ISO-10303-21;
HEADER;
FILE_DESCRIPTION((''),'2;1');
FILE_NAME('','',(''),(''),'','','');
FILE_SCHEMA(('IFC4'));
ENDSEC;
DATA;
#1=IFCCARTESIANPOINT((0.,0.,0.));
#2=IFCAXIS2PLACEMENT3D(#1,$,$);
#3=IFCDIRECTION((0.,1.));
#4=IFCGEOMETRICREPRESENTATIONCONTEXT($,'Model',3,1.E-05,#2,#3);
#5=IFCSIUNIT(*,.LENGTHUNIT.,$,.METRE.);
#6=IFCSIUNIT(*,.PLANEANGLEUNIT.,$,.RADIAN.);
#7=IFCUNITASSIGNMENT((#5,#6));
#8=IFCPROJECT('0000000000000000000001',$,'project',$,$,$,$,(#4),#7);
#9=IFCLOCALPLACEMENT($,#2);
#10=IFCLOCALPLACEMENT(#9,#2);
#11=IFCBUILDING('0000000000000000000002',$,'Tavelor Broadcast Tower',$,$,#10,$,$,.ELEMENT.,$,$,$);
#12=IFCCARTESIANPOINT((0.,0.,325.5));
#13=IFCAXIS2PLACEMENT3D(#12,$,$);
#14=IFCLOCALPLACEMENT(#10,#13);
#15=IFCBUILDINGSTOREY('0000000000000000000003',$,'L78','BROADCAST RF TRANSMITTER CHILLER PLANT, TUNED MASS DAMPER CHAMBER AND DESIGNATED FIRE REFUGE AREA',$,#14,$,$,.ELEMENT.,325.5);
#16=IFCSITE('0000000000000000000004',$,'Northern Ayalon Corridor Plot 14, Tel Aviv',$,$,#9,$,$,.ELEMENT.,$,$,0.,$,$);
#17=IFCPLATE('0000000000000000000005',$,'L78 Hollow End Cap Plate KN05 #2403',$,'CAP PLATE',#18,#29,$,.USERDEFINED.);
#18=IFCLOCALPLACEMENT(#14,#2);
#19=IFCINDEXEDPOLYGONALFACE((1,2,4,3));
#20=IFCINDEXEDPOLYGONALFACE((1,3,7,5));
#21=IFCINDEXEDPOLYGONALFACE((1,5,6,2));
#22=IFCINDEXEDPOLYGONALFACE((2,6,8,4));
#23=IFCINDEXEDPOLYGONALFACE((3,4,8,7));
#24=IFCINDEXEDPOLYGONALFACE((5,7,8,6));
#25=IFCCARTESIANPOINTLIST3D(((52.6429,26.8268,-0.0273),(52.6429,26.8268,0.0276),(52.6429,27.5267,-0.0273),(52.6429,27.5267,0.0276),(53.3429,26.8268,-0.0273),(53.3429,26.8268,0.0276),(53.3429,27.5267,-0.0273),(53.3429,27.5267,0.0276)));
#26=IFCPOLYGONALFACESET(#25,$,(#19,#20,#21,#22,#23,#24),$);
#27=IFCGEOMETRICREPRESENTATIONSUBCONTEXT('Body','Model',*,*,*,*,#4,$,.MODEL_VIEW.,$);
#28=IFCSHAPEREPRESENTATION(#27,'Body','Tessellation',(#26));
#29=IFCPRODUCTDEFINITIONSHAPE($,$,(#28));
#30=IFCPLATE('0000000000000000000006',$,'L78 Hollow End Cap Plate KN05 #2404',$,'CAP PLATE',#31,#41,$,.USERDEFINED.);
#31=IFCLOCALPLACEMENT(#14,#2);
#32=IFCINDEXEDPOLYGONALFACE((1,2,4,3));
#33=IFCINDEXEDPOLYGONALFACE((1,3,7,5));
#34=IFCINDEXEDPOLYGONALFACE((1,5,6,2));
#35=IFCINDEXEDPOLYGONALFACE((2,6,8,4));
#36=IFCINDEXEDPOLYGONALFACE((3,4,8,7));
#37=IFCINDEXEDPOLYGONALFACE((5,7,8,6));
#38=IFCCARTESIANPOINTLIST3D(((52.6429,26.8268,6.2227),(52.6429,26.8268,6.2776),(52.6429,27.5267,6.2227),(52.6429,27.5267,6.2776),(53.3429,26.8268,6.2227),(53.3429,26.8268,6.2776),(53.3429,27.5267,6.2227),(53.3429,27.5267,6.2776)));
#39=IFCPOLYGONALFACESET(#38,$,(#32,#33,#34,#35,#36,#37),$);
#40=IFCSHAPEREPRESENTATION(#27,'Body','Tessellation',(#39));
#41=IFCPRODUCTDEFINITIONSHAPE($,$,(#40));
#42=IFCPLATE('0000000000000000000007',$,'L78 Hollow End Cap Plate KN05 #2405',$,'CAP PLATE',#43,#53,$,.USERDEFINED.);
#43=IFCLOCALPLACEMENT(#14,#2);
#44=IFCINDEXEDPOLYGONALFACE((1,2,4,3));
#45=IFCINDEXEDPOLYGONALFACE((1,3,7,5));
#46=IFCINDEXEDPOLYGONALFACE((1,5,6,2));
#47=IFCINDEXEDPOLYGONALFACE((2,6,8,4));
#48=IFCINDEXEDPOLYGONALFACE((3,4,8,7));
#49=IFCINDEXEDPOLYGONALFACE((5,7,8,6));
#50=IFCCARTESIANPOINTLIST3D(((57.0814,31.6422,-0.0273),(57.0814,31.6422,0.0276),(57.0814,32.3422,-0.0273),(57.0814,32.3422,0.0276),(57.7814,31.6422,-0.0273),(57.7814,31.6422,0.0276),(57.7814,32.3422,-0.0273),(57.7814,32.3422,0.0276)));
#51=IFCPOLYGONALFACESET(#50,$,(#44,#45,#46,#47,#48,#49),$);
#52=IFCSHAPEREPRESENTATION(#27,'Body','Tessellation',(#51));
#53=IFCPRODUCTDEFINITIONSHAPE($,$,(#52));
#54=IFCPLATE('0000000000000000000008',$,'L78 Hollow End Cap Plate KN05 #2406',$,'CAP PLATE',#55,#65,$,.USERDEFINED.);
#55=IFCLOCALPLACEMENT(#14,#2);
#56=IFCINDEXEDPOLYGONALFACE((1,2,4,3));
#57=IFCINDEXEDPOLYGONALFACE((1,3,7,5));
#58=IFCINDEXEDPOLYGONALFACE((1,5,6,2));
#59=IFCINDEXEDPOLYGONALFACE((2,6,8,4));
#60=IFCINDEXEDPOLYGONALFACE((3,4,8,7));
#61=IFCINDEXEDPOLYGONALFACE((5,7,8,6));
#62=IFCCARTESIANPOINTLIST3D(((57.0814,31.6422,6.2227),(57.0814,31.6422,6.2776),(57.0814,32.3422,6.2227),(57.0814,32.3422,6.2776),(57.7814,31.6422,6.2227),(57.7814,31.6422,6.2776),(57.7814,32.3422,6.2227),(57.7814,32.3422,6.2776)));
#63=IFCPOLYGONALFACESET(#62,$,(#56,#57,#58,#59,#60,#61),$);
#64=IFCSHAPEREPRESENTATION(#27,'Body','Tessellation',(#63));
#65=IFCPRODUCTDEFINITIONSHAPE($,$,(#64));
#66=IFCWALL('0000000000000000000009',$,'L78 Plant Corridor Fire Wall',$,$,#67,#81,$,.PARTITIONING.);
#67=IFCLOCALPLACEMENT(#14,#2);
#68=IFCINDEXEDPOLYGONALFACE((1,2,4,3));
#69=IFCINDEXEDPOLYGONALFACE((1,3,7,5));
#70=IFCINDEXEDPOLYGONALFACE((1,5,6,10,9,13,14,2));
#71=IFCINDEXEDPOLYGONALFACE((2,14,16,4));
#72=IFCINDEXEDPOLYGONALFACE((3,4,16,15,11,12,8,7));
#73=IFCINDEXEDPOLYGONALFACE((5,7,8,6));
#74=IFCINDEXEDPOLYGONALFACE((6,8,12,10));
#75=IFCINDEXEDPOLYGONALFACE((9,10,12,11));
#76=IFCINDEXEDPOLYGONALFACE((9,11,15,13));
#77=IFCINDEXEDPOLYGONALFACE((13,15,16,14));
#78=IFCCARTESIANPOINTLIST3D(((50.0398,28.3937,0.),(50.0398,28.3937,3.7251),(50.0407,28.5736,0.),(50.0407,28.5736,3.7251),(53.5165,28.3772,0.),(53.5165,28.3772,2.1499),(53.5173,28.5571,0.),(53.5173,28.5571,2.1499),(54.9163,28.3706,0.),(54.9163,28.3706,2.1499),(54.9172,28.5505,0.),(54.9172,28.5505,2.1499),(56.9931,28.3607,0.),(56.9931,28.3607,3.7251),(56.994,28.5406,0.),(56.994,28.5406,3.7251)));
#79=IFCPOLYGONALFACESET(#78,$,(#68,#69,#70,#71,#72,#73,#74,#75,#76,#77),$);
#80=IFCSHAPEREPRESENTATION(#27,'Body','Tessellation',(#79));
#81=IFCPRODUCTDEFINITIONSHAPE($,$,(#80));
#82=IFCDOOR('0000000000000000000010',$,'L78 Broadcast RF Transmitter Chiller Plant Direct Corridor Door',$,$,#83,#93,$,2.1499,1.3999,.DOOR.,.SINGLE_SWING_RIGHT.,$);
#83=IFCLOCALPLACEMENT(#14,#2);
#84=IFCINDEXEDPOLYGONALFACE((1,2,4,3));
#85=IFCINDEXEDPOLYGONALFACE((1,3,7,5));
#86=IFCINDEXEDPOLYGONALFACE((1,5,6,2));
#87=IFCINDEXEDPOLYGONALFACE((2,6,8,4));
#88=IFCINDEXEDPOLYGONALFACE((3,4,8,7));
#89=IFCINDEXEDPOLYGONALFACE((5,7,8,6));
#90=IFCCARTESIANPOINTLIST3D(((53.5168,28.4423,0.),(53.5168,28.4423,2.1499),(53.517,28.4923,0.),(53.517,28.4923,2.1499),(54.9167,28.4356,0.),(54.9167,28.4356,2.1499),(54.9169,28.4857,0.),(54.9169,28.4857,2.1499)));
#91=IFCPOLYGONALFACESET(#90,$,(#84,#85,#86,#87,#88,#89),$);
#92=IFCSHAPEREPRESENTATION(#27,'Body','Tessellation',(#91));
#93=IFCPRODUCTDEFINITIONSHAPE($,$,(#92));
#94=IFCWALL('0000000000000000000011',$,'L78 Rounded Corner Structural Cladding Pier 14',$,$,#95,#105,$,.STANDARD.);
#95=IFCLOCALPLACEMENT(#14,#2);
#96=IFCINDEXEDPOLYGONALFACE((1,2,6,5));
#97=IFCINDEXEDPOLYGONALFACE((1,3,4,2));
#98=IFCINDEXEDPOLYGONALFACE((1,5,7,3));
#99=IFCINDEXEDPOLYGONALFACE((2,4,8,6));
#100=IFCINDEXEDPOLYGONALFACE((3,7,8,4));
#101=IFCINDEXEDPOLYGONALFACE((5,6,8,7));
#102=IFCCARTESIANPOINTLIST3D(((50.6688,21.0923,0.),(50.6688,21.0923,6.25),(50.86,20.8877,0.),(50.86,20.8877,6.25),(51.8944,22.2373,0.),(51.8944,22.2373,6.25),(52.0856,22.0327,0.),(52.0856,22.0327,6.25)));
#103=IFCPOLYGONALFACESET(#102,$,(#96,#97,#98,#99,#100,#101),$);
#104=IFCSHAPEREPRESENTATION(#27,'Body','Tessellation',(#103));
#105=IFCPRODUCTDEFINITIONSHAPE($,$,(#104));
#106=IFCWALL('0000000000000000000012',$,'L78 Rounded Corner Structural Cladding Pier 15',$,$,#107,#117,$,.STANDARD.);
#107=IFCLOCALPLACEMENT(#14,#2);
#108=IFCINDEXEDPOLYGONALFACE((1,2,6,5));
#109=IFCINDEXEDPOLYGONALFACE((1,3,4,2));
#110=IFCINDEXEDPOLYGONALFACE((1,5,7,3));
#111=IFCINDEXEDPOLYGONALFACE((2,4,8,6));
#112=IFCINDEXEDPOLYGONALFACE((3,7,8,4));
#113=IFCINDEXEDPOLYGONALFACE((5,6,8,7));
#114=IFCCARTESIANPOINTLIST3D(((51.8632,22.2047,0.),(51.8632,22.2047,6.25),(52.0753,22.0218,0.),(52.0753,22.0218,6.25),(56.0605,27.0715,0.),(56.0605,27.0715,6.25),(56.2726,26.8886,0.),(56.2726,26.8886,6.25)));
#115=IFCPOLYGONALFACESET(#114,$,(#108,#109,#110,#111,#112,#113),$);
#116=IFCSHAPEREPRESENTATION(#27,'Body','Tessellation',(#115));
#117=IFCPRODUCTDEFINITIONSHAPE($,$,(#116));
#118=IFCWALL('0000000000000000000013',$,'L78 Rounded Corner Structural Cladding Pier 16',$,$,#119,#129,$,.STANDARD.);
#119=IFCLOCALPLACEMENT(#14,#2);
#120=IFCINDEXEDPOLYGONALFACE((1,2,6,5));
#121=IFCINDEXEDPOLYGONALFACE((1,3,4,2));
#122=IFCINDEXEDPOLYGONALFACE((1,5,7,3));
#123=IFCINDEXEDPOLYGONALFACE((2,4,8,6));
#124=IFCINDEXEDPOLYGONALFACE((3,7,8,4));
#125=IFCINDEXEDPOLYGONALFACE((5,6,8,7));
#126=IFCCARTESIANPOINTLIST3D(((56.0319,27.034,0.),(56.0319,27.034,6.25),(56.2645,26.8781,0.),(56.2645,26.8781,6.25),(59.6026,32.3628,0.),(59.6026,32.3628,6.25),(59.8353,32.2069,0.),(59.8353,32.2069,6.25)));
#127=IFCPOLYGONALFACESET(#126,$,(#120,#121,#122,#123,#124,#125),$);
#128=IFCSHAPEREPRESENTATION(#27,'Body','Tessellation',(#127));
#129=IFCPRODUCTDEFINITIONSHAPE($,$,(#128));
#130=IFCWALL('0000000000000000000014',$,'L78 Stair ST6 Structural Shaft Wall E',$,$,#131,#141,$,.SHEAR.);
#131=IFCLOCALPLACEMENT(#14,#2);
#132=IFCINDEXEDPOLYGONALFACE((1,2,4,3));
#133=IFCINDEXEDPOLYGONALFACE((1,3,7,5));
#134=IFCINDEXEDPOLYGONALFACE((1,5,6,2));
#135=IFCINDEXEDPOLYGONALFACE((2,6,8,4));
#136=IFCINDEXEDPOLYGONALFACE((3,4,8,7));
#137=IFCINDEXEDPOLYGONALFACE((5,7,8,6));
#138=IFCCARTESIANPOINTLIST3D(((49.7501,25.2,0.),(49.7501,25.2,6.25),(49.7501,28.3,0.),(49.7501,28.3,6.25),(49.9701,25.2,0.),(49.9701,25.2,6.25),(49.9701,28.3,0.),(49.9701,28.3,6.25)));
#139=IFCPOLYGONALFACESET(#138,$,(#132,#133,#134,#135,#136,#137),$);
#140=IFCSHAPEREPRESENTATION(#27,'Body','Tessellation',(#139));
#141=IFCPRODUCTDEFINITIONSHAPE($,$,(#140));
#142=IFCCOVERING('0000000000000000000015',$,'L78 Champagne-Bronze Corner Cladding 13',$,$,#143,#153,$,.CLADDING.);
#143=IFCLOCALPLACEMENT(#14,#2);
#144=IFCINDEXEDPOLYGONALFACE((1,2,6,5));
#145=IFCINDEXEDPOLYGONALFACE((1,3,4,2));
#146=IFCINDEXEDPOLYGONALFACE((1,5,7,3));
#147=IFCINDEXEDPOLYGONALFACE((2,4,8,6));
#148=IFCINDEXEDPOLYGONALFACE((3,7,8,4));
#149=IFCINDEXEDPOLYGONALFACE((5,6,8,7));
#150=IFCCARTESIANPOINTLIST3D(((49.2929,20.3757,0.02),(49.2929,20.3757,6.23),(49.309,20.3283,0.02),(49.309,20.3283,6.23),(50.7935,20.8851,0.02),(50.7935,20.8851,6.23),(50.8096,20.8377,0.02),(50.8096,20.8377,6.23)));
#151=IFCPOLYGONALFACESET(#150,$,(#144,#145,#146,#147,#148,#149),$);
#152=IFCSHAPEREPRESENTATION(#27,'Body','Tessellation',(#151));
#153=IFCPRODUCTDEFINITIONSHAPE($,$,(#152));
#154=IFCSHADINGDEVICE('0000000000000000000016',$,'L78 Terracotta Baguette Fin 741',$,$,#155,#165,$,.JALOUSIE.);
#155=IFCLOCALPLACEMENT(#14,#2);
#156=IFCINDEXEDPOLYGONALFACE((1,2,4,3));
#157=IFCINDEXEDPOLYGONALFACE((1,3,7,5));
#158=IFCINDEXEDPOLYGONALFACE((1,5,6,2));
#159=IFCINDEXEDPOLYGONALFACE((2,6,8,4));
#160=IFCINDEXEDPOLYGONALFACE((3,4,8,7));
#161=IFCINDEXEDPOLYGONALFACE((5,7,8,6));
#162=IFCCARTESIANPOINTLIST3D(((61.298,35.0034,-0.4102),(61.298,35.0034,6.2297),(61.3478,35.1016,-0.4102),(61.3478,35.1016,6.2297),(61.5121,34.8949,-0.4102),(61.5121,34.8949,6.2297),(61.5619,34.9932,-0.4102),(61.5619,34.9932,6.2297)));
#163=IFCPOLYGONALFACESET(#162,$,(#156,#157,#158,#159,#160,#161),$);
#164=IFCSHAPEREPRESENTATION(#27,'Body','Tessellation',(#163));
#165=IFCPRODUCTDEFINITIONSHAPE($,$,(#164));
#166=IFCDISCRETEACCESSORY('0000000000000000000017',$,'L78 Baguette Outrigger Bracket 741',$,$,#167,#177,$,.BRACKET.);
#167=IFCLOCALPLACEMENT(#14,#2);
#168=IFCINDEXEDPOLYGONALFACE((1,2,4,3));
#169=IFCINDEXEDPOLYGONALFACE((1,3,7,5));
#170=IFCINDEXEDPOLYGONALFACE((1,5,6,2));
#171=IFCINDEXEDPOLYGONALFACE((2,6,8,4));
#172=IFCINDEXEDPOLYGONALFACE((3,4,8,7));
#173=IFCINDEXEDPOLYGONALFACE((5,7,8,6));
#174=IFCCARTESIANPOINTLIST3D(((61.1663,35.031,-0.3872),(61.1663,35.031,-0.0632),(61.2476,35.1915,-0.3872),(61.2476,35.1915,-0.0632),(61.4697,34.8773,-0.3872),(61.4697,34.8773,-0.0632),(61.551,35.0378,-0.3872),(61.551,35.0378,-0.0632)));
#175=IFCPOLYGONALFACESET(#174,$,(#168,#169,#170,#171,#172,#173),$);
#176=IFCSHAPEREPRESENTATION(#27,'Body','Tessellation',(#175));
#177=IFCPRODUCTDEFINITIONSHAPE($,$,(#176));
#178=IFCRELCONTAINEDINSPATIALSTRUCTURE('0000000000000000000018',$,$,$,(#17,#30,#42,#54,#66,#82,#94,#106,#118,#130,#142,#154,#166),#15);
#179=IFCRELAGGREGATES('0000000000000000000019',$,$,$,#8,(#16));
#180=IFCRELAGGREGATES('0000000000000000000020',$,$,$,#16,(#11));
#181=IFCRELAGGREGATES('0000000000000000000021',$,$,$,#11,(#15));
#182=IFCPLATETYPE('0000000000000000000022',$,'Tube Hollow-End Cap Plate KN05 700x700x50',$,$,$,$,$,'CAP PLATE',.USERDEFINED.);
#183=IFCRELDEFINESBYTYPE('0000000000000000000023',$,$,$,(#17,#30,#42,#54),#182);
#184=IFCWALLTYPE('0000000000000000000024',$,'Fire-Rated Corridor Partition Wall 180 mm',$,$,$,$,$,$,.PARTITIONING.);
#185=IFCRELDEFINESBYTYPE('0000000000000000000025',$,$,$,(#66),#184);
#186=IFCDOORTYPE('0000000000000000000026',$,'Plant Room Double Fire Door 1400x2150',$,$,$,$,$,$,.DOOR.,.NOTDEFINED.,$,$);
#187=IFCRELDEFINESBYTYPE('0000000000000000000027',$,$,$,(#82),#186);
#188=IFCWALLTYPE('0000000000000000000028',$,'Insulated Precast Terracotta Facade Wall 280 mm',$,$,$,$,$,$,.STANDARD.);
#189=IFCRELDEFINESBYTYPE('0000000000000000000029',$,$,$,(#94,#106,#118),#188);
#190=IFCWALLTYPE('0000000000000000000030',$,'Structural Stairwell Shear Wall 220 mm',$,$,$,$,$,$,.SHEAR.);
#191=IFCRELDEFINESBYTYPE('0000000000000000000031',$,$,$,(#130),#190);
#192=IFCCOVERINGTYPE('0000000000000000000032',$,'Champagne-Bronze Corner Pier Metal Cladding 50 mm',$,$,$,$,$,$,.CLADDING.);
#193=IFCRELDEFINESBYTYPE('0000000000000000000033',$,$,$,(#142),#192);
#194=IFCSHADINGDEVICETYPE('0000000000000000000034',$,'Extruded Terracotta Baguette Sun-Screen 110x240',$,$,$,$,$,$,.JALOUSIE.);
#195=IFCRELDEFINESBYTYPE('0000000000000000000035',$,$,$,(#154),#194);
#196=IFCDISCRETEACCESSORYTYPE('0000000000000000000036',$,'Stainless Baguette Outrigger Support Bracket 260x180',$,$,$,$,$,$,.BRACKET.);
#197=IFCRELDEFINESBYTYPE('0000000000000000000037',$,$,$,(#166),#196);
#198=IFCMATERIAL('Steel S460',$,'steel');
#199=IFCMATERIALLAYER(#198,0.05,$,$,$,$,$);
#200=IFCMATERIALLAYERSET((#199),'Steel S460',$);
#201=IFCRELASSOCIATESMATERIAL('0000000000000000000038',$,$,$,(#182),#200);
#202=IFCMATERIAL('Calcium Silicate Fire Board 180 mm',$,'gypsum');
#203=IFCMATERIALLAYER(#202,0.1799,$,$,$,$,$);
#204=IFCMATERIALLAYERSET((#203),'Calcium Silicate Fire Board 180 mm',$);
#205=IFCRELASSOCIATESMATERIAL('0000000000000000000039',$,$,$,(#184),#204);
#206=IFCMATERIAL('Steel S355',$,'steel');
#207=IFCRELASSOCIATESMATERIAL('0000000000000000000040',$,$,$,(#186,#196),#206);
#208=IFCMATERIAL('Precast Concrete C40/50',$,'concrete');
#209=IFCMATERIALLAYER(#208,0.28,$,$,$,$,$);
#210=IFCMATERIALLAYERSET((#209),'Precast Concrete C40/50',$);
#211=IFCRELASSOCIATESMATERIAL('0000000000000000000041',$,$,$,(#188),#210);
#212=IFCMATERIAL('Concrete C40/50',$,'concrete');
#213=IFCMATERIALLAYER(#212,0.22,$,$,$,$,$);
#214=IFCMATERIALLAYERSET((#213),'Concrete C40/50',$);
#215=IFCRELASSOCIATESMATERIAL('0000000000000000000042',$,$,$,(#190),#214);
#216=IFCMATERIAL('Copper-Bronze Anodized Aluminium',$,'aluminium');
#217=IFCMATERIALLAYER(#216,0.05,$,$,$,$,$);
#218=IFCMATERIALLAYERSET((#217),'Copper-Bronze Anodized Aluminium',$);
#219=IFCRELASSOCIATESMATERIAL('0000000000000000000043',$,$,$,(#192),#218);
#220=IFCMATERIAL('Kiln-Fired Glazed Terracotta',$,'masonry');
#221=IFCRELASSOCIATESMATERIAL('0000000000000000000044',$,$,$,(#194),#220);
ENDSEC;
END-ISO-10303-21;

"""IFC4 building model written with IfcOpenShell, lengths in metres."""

from ifc_helpers import new_model, si_unit, direction, frame, frame_2d, origin, origin_2d, place, context, subcontext, project, spatial, rectangle, extrude, source, transform, mapped, material, layer, layer_set, type_object, type_shapes, element, fill, save


model = new_model("IFC4")

# Units and contexts
model_context = context("Model", 3, precision=1e-05, world=origin(), true_north=direction((0.0, 1.0)))
body_context = subcontext(model_context, "Body", "Model", "MODEL_VIEW")
ifc_project = project(units=[si_unit("LENGTHUNIT", "METRE"), si_unit("PLANEANGLEUNIT", "RADIAN")], contexts=[model_context])

# Site, building, storey
site_placement = place(None, origin())
site = spatial("IfcSite", under=ifc_project, at=site_placement, Name="Northern Ayalon Corridor Plot 14, Tel Aviv", CompositionType="ELEMENT", RefElevation=0.0)
building_placement = place(site_placement, origin())
building = spatial("IfcBuilding", under=site, at=building_placement, Name="Tavelor Broadcast Tower", CompositionType="ELEMENT")
storey_placement = place(building_placement, frame((0.0, 0.0, 325.5)))
storey = spatial("IfcBuildingStorey", under=building, at=storey_placement, Name="L78", Description="BROADCAST RF TRANSMITTER CHILLER PLANT, TUNED MASS DAMPER CHAMBER AND DESIGNATED FIRE REFUGE AREA", CompositionType="ELEMENT", Elevation=325.5)

# Shared definitions
ifc_material_1 = material(Name="Steel S460", Category="steel")

# Plates
ifc_layer_1 = layer(ifc_material_1, 0.05)
ifc_layer_set_1 = layer_set([ifc_layer_1], Name="Steel S460")
plate_type = type_object("IfcPlateType", Name="Tube Hollow-End Cap Plate KN05 700x700x50", ElementType="CAP PLATE", PredefinedType="USERDEFINED", material=ifc_layer_set_1)
shared_shape_1 = source(origin(), body_context, "Body", "SweptSolid", [
    extrude(rectangle(XDim=0.7, YDim=0.7, at=origin_2d()), origin(), (0.0, 0.0, 1.0), 0.0549),
])
type_shapes(plate_type, [shared_shape_1])
for number, where, z_axis, x_axis, name in (
    (1, (52.9929, 27.1768, -0.0273), (0.0, 0.0, 1.0), (1.0, 0.0, 0.0), "L78 Hollow End Cap Plate KN05 #2403"),
    (2, (52.9929, 27.1768, 6.2227), (0.0, 0.0, 1.0), (1.0, 0.0, 0.0), "L78 Hollow End Cap Plate KN05 #2404"),
    (3, (57.4314, 31.9922, -0.0273), (0.0, 0.0, 1.0), (1.0, 0.0, 0.0), "L78 Hollow End Cap Plate KN05 #2405"),
    (4, (57.4314, 31.9922, 6.2227), (0.0, 0.0, 1.0), (1.0, 0.0, 0.0), "L78 Hollow End Cap Plate KN05 #2406"),
):
    element("IfcPlate", number, at=place(storey_placement, frame(where, z_axis=z_axis, x_axis=x_axis)), inside=storey, type_object=plate_type, Name=name, ObjectType="CAP PLATE", PredefinedType="USERDEFINED", context=body_context, shape_type="MappedRepresentation", body=[
        mapped(shared_shape_1, transform((0.0, 0.0, 0.0), scale=1.0)),
    ])

# Wall, opening, door
ifc_material_2 = material(Name="Calcium Silicate Fire Board 180 mm", Category="gypsum")
ifc_layer_2 = layer(ifc_material_2, 0.1799)
ifc_layer_set_2 = layer_set([ifc_layer_2], Name="Calcium Silicate Fire Board 180 mm")
wall_type_1 = type_object("IfcWallType", Name="Fire-Rated Corridor Partition Wall 180 mm", PredefinedType="PARTITIONING", material=ifc_layer_set_2)
wall_1_placement = place(storey_placement, frame((56.9934, 28.4507, 0.0), z_axis=(0.0, 0.0, 1.0), x_axis=(-0.999989, 0.00474, 0.0)))
wall_1 = element("IfcWall", 5, at=wall_1_placement, inside=storey, type_object=wall_type_1, Name="L78 Plant Corridor Fire Wall", PredefinedType="PARTITIONING", context=body_context, shape_type="SweptSolid", body=[
    extrude(rectangle(XDim=6.9534, YDim=0.1799, at=frame_2d((3.4766, 0.0))), origin(), (0.0, 0.0, 1.0), 3.7251),
])
opening_placement = place(wall_1_placement, frame((2.0767, 0.0, 0.0)))
opening = element("IfcOpeningElement", 6, at=opening_placement, cuts=wall_1, PredefinedType="OPENING", context=body_context, shape_type="SweptSolid", body=[
    extrude(rectangle(XDim=1.3999, YDim=2.1499, at=frame_2d((0.7, 1.075))), frame((0.0, 0.1001, 0.0), z_axis=(0.0, -1.0, 0.0), x_axis=(1.0, 0.0, 0.0)), (0.0, 0.0, 1.0), 0.2),
])
ifc_material_3 = material(Name="Steel S355", Category="steel")
door_type = type_object("IfcDoorType", Name="Plant Room Double Fire Door 1400x2150", OperationType="NOTDEFINED", PredefinedType="DOOR", material=ifc_material_3)
door_placement = place(opening_placement, origin())
door = element("IfcDoor", 7, at=door_placement, inside=storey, type_object=door_type, Name="L78 Broadcast RF Transmitter Chiller Plant Direct Corridor Door", OperationType="SINGLE_SWING_RIGHT", OverallHeight=2.1499, OverallWidth=1.3999, PredefinedType="DOOR", context=body_context, shape_type="SweptSolid", body=[
    extrude(rectangle(XDim=1.3999, YDim=2.1499, at=frame_2d((0.7, 1.075))), frame((0.0, 0.0249, 0.0), z_axis=(0.0, -1.0, 0.0), x_axis=(1.0, 0.0, 0.0)), (0.0, 0.0, 1.0), 0.05),
])
fill(opening, door)

# Walls
ifc_material_4 = material(Name="Precast Concrete C40/50", Category="concrete")
ifc_layer_3 = layer(ifc_material_4, 0.28)
ifc_layer_set_3 = layer_set([ifc_layer_3], Name="Precast Concrete C40/50")
wall_type_2 = type_object("IfcWallType", Name="Insulated Precast Terracotta Facade Wall 280 mm", PredefinedType="STANDARD", material=ifc_layer_set_3)
wall_2_placement = place(storey_placement, frame((50.7644, 20.99, 0.0), z_axis=(0.0, 0.0, 1.0), x_axis=(0.730716, 0.682681, 0.0)))
element("IfcWall", 8, at=wall_2_placement, inside=storey, type_object=wall_type_2, Name="L78 Rounded Corner Structural Cladding Pier 14", PredefinedType="STANDARD", context=body_context, shape_type="SweptSolid", body=[
    extrude(rectangle(XDim=1.6772, YDim=0.28, at=frame_2d((0.8386, 0.0))), origin(), (0.0, 0.0, 1.0), 6.25),
])
wall_3_placement = place(storey_placement, frame((51.9692, 22.1133, 0.0), z_axis=(0.0, 0.0, 1.0), x_axis=(0.653103, 0.757269, 0.0)))
element("IfcWall", 9, at=wall_3_placement, inside=storey, type_object=wall_type_2, Name="L78 Rounded Corner Structural Cladding Pier 15", PredefinedType="STANDARD", context=body_context, shape_type="SweptSolid", body=[
    extrude(rectangle(XDim=6.4268, YDim=0.28, at=frame_2d((3.2134, 0.0))), origin(), (0.0, 0.0, 1.0), 6.25),
])
wall_4_placement = place(storey_placement, frame((56.1482, 26.9561, 0.0), z_axis=(0.0, 0.0, 1.0), x_axis=(0.556666, 0.830736, 0.0)))
element("IfcWall", 10, at=wall_4_placement, inside=storey, type_object=wall_type_2, Name="L78 Rounded Corner Structural Cladding Pier 16", PredefinedType="STANDARD", context=body_context, shape_type="SweptSolid", body=[
    extrude(rectangle(XDim=6.4146, YDim=0.28, at=frame_2d((3.2073, 0.0))), origin(), (0.0, 0.0, 1.0), 6.25),
])
ifc_material_5 = material(Name="Concrete C40/50", Category="concrete")
ifc_layer_4 = layer(ifc_material_5, 0.22)
ifc_layer_set_4 = layer_set([ifc_layer_4], Name="Concrete C40/50")
wall_type_3 = type_object("IfcWallType", Name="Structural Stairwell Shear Wall 220 mm", PredefinedType="SHEAR", material=ifc_layer_set_4)
wall_5_placement = place(storey_placement, frame((49.8601, 25.2, 0.0), z_axis=(0.0, 0.0, 1.0), x_axis=(0.0, 1.0, 0.0)))
element("IfcWall", 11, at=wall_5_placement, inside=storey, type_object=wall_type_3, Name="L78 Stair ST6 Structural Shaft Wall E", PredefinedType="SHEAR", context=body_context, shape_type="SweptSolid", body=[
    extrude(rectangle(XDim=3.1001, YDim=0.22, at=frame_2d((1.55, 0.0))), origin(), (0.0, 0.0, 1.0), 6.25),
])

# Covering
ifc_material_6 = material(Name="Copper-Bronze Anodized Aluminium", Category="aluminium")
ifc_layer_5 = layer(ifc_material_6, 0.05)
ifc_layer_set_5 = layer_set([ifc_layer_5], Name="Copper-Bronze Anodized Aluminium")
covering_type = type_object("IfcCoveringType", Name="Champagne-Bronze Corner Pier Metal Cladding 50 mm", PredefinedType="CLADDING", material=ifc_layer_set_5)
covering_placement = place(storey_placement, frame((50.0513, 20.6067, 0.02), z_axis=(0.0, 0.0, 1.0), x_axis=(0.94693, 0.321439, 0.0)))
element("IfcCovering", 12, at=covering_placement, inside=storey, type_object=covering_type, Name="L78 Champagne-Bronze Corner Cladding 13", PredefinedType="CLADDING", context=body_context, shape_type="SweptSolid", body=[
    extrude(rectangle(XDim=1.5847, YDim=0.05, at=origin_2d()), origin(), (0.0, 0.0, 1.0), 6.21),
])

# Shading device
ifc_material_7 = material(Name="Kiln-Fired Glazed Terracotta", Category="masonry")
shading_device_type = type_object("IfcShadingDeviceType", Name="Extruded Terracotta Baguette Sun-Screen 110x240", PredefinedType="JALOUSIE", material=ifc_material_7)
shared_shape_2 = source(origin(), body_context, "Body", "SweptSolid", [
    extrude(rectangle(XDim=0.1101, YDim=0.24, at=origin_2d()), origin(), (0.0, 0.0, 1.0), 6.6399),
])
type_shapes(shading_device_type, [shared_shape_2])
shading_device_placement = place(storey_placement, frame((61.4299, 34.9983, -0.4102), z_axis=(0.0, 0.0, 1.0), x_axis=(0.451968, 0.892034, 0.0)))
element("IfcShadingDevice", 13, at=shading_device_placement, inside=storey, type_object=shading_device_type, Name="L78 Terracotta Baguette Fin 741", PredefinedType="JALOUSIE", context=body_context, shape_type="MappedRepresentation", body=[
    mapped(shared_shape_2, transform((0.0, 0.0, 0.0), scale=1.0)),
])

# Discrete accessory
discrete_accessory_type = type_object("IfcDiscreteAccessoryType", Name="Stainless Baguette Outrigger Support Bracket 260x180", PredefinedType="BRACKET", material=ifc_material_3)
shared_shape_3 = source(origin(), body_context, "Body", "SweptSolid", [
    extrude(rectangle(XDim=0.1799, YDim=0.3401, at=origin_2d()), origin(), (0.0, 0.0, 1.0), 0.324),
])
type_shapes(discrete_accessory_type, [shared_shape_3])
discrete_accessory_placement = place(storey_placement, frame((61.3586, 35.0344, -0.3872), z_axis=(0.0, 0.0, 1.0), x_axis=(0.451968, 0.892034, 0.0)))
element("IfcDiscreteAccessory", 14, at=discrete_accessory_placement, inside=storey, type_object=discrete_accessory_type, Name="L78 Baguette Outrigger Bracket 741", PredefinedType="BRACKET", context=body_context, shape_type="MappedRepresentation", body=[
    mapped(shared_shape_3, transform((0.0, 0.0, 0.0), scale=1.0)),
])

save(model, "model.ifc")
